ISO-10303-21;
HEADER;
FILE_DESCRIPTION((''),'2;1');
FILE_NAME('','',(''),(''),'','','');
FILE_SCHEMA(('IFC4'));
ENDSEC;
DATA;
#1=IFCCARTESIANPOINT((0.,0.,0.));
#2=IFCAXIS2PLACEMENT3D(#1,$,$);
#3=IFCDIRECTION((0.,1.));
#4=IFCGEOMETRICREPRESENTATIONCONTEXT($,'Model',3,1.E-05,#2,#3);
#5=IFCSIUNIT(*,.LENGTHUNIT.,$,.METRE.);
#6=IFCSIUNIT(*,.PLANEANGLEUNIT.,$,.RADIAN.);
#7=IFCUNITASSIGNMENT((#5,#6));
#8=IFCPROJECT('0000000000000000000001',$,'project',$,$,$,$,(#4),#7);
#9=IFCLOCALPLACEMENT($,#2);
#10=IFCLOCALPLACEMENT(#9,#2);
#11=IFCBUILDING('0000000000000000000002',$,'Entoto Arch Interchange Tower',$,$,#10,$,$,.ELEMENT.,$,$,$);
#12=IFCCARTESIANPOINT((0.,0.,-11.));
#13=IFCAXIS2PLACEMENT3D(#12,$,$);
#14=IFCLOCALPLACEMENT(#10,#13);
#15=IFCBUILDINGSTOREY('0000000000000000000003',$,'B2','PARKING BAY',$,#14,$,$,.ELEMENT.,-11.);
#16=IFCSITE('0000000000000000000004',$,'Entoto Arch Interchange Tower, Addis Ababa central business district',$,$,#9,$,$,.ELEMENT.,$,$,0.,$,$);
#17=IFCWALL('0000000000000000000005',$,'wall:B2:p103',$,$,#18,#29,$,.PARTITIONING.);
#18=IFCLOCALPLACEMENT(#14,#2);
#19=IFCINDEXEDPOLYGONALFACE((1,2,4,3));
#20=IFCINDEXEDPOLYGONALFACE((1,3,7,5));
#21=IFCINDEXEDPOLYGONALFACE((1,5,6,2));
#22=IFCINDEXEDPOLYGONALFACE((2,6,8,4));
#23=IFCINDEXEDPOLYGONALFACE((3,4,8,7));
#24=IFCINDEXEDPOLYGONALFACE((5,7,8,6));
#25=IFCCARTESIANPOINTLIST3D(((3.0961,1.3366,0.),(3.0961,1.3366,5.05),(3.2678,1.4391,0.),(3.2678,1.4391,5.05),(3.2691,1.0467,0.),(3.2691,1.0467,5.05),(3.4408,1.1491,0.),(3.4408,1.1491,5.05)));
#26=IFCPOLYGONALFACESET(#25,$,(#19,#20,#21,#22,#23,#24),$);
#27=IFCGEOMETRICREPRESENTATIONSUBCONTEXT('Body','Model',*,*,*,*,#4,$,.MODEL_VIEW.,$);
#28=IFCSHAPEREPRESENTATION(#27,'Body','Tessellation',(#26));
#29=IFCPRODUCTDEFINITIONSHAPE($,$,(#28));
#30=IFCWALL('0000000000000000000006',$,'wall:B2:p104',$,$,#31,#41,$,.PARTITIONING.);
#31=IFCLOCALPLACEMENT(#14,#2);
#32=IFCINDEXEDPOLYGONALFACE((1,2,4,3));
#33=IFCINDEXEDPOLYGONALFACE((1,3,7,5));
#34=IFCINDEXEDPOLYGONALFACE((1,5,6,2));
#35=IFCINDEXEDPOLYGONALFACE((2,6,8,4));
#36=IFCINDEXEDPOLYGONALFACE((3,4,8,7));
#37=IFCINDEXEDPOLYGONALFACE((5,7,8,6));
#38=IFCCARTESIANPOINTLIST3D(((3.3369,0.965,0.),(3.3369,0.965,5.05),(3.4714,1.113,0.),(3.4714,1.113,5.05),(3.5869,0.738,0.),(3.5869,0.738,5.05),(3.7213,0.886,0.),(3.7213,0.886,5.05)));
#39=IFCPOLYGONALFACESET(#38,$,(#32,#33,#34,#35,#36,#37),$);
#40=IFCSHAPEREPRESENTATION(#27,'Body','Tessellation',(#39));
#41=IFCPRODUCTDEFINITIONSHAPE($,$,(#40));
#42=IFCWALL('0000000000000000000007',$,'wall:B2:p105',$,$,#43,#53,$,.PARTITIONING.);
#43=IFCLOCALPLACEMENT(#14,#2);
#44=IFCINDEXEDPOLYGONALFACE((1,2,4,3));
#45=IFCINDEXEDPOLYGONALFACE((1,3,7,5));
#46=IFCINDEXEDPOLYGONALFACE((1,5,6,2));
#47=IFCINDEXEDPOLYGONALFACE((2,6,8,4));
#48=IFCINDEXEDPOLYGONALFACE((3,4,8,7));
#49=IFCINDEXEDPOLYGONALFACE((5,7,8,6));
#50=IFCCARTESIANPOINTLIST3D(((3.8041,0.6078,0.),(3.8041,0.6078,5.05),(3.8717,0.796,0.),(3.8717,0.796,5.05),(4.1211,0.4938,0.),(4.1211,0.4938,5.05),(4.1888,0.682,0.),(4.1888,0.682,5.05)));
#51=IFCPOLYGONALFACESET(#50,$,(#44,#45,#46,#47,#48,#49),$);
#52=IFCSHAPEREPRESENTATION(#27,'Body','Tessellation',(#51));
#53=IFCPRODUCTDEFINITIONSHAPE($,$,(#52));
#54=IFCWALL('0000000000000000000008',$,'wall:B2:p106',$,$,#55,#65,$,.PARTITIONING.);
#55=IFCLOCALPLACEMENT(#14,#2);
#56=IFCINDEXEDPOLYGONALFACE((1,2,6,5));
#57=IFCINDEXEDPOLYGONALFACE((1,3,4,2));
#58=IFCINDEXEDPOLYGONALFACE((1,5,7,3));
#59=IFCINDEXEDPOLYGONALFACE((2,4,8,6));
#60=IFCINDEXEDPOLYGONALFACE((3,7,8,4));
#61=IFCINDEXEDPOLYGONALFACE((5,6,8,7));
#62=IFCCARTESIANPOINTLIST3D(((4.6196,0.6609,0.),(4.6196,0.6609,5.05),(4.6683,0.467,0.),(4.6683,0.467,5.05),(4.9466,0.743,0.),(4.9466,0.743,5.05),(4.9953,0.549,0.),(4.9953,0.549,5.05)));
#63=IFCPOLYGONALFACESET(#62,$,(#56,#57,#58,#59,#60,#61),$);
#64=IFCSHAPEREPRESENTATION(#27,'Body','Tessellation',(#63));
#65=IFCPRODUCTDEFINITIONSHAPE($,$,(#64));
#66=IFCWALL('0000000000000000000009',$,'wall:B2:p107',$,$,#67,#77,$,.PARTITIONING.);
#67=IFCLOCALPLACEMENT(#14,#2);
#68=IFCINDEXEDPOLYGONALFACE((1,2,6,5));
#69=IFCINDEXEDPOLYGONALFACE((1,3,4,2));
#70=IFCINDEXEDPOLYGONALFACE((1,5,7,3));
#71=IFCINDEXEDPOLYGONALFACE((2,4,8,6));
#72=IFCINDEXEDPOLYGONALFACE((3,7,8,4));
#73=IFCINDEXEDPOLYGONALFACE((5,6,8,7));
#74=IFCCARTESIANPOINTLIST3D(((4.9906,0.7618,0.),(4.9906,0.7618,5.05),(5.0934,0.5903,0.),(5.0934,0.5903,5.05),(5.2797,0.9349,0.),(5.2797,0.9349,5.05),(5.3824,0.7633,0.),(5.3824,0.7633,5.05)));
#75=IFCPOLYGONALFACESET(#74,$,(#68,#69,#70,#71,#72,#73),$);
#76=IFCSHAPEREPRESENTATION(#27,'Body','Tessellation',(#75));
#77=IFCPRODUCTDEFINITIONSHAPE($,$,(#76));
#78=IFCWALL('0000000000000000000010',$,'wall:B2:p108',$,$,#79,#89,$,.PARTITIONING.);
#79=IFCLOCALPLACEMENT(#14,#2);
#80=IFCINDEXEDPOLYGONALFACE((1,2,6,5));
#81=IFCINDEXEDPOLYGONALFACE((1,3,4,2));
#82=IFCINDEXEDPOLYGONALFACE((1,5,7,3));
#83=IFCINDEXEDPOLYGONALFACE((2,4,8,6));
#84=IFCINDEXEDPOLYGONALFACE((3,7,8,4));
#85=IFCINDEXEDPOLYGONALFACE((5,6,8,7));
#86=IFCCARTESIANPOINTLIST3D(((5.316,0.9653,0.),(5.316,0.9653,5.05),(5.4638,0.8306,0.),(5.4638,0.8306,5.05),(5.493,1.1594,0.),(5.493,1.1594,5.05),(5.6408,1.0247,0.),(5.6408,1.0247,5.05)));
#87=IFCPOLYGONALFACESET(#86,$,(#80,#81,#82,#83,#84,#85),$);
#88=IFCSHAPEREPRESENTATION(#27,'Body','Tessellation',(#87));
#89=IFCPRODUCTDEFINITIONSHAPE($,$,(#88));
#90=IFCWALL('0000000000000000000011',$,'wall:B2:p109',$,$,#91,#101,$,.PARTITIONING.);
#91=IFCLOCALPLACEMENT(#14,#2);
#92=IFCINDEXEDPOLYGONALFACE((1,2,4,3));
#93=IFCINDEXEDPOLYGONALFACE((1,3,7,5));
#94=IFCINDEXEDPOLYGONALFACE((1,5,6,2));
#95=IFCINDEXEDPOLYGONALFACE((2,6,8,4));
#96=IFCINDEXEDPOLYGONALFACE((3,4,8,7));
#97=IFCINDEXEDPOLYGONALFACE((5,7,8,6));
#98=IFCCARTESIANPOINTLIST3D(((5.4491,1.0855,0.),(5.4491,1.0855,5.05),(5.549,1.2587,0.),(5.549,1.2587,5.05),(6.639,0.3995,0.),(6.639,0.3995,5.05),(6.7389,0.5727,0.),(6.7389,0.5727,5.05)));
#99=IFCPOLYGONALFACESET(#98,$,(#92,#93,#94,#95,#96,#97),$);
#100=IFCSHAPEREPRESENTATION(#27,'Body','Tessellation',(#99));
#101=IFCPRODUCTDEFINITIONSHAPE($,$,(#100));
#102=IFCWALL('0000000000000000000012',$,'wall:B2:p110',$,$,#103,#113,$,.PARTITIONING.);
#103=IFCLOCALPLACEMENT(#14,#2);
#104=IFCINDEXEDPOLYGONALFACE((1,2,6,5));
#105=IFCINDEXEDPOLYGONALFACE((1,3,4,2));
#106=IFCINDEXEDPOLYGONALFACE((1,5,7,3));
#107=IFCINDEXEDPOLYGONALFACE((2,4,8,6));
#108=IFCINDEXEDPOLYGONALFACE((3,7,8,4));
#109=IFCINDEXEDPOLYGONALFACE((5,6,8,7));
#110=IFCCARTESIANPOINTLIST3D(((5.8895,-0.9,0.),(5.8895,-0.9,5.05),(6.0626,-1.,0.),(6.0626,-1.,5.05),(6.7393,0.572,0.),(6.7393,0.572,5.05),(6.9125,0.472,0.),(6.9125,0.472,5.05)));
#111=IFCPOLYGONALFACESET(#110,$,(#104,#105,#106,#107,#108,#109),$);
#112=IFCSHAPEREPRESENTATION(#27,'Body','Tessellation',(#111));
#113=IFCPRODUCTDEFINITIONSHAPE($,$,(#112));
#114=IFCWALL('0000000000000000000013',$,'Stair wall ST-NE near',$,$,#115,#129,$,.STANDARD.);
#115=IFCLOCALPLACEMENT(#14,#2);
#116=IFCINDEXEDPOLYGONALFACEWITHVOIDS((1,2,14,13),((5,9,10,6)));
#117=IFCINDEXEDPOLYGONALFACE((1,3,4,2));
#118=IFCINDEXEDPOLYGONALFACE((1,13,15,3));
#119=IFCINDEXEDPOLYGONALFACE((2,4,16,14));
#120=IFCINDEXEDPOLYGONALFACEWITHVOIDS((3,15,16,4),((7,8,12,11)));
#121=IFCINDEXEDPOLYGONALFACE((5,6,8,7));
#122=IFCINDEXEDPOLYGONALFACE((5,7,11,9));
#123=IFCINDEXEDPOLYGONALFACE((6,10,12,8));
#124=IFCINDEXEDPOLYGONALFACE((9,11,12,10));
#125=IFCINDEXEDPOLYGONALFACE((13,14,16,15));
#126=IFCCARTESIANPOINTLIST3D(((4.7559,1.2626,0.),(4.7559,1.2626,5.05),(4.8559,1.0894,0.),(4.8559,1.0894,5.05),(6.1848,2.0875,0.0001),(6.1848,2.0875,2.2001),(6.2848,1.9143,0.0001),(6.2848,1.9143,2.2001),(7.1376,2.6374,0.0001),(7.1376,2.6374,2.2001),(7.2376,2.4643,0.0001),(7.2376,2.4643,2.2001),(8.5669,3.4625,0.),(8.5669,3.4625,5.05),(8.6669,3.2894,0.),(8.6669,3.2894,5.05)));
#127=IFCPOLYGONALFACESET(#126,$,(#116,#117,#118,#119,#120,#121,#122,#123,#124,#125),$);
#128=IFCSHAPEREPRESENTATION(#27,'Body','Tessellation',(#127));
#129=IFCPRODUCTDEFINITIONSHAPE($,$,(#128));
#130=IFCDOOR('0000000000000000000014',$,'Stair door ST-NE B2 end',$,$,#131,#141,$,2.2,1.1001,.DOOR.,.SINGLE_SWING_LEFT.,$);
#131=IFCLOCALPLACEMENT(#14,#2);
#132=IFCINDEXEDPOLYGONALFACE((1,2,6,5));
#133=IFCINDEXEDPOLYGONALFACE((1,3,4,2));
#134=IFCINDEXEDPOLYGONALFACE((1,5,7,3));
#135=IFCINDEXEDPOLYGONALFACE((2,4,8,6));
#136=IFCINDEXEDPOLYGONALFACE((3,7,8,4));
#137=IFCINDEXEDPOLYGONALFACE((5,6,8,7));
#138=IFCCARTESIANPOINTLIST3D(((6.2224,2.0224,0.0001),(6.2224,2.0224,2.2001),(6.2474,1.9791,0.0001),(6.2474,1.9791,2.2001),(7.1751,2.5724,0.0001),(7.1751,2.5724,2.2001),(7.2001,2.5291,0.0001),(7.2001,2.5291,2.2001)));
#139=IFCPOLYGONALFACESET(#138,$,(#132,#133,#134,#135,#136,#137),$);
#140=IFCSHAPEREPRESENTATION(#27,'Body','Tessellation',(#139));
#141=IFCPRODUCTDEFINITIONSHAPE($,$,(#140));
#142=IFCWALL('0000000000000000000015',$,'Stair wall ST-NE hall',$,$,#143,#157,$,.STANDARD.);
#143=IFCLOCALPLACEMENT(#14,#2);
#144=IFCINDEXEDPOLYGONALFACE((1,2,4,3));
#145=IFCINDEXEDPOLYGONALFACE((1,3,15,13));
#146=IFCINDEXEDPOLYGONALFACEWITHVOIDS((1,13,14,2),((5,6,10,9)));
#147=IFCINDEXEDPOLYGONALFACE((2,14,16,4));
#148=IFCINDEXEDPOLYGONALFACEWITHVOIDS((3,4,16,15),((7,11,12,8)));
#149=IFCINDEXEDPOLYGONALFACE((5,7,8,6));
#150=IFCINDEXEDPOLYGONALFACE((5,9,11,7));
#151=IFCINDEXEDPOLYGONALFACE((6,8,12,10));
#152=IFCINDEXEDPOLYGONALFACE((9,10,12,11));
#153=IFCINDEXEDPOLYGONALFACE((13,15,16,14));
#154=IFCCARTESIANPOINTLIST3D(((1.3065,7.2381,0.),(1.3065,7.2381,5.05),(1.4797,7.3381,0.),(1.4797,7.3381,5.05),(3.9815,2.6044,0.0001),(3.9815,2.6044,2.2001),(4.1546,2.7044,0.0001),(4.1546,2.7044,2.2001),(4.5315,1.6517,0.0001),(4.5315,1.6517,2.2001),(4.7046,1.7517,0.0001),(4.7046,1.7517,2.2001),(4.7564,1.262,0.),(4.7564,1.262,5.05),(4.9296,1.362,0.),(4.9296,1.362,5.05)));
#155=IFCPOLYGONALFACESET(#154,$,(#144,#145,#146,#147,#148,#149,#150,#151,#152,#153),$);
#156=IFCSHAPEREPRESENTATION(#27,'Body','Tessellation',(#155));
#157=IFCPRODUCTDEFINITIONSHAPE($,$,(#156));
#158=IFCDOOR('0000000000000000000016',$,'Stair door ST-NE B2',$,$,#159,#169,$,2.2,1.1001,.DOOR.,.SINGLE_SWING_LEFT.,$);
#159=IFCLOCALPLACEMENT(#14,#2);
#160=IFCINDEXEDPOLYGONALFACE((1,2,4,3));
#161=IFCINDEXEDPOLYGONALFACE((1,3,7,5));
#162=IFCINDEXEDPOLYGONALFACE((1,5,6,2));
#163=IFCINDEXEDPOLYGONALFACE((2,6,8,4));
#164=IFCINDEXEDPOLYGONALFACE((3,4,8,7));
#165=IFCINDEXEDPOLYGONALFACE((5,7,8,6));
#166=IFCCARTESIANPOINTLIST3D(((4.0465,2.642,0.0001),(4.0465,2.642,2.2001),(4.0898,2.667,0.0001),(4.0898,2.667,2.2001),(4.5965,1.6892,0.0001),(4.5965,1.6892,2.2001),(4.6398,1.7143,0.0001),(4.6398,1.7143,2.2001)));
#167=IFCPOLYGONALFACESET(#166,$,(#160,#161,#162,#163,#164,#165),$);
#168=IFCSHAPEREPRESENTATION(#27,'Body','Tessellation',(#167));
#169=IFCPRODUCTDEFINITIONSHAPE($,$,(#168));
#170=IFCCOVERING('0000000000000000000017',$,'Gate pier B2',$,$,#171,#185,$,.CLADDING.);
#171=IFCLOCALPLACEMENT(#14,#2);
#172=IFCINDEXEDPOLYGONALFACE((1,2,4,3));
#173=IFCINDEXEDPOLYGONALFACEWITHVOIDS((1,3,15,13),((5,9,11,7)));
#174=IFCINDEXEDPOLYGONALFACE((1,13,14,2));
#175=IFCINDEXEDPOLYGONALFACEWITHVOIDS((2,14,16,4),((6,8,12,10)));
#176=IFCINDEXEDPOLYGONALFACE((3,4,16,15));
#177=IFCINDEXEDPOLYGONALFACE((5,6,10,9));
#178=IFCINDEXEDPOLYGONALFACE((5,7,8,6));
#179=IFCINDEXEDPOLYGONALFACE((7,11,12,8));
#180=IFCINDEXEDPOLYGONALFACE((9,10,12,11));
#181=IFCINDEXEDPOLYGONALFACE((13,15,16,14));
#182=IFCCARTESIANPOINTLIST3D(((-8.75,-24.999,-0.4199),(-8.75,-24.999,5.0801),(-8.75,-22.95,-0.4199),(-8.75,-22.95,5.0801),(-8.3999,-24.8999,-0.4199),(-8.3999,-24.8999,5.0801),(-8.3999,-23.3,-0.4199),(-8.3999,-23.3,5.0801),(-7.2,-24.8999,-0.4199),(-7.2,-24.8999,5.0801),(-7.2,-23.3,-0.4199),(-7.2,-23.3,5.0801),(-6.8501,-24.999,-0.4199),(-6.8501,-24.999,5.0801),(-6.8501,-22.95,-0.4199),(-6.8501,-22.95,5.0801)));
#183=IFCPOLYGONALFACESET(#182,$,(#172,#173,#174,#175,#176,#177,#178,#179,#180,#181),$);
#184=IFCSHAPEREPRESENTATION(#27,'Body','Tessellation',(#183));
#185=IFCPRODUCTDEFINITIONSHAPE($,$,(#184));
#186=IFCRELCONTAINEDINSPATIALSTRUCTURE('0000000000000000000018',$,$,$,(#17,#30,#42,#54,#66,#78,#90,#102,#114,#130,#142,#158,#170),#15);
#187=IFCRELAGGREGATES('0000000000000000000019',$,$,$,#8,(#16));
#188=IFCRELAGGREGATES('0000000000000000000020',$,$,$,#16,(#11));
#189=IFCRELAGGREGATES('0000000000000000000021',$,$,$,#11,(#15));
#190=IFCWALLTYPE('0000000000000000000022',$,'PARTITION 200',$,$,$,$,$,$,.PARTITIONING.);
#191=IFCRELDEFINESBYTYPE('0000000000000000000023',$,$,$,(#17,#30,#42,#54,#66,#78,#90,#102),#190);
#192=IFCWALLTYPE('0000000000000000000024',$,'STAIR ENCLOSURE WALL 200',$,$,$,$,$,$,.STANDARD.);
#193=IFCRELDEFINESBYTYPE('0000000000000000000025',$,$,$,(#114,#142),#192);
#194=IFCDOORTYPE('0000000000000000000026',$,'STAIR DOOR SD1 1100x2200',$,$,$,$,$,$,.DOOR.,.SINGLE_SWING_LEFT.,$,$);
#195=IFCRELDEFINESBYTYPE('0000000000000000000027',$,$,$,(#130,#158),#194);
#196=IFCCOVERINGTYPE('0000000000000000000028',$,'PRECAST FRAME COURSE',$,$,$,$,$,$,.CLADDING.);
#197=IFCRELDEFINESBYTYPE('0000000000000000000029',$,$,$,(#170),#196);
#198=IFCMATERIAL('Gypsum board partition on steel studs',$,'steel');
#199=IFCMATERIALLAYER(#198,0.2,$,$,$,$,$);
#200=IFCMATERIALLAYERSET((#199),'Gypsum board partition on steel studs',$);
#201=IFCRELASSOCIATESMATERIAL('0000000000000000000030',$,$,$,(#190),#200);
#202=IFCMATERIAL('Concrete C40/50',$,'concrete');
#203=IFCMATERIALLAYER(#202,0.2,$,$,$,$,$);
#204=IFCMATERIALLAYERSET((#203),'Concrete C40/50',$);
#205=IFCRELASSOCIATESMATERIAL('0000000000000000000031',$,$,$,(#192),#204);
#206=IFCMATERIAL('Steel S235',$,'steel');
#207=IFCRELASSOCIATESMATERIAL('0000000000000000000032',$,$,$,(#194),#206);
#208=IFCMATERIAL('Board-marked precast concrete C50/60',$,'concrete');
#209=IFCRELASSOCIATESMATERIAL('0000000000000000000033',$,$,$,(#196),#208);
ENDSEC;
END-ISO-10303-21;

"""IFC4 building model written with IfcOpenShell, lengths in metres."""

from ifc_helpers import new_model, si_unit, direction, frame, frame_2d, origin, place, context, subcontext, project, spatial, polyline, rectangle, outline, extrude, material, layer, layer_set, type_object, element, fill, save


model = new_model("IFC4")

# Units and contexts
model_context = context("Model", 3, precision=1e-05, world=origin(), true_north=direction((0.0, 1.0)))
body_context = subcontext(model_context, "Body", "Model", "MODEL_VIEW")
ifc_project = project(units=[si_unit("LENGTHUNIT", "METRE"), si_unit("PLANEANGLEUNIT", "RADIAN")], contexts=[model_context])

# Site, building, storey
site_placement = place(None, origin())
site = spatial("IfcSite", under=ifc_project, at=site_placement, Name="Entoto Arch Interchange Tower, Addis Ababa central business district", CompositionType="ELEMENT", RefElevation=0.0)
building_placement = place(site_placement, origin())
building = spatial("IfcBuilding", under=site, at=building_placement, Name="Entoto Arch Interchange Tower", CompositionType="ELEMENT")
storey_placement = place(building_placement, frame((0.0, 0.0, -11.0)))
storey = spatial("IfcBuildingStorey", under=building, at=storey_placement, Name="B2", Description="PARKING BAY", CompositionType="ELEMENT", Elevation=-11.0)

# Shared definitions
ifc_material_1 = material(Name="Concrete C40/50", Category="concrete")

# Walls
ifc_material_2 = material(Name="Gypsum board partition on steel studs", Category="steel")
ifc_layer_1 = layer(ifc_material_2, 0.2)
ifc_layer_set_1 = layer_set([ifc_layer_1], Name="Gypsum board partition on steel studs")
wall_type_1 = type_object("IfcWallType", Name="PARTITION 200", PredefinedType="PARTITIONING", material=ifc_layer_set_1)
for number, where, z_axis, x_axis, name in (
    (1, (3.1819, 1.3879, 0.0), (0.0, 0.0, 1.0), (0.512475, -0.858702, 0.0), "wall:B2:p103"),
    (2, (3.4041, 1.0391, 0.0), (0.0, 0.0, 1.0), (0.740267, -0.672313, 0.0), "wall:B2:p104"),
):
    element("IfcWall", number, at=place(storey_placement, frame(where, z_axis=z_axis, x_axis=x_axis)), inside=storey, type_object=wall_type_1, Name=name, PredefinedType="PARTITIONING", context=body_context, shape_type="SweptSolid", body=[
        extrude(rectangle(XDim=0.3376, YDim=0.2, at=frame_2d((0.1689, 0.0))), origin(), (0.0, 0.0, 1.0), 5.05),
    ])
wall_1_placement = place(storey_placement, frame((3.8379, 0.7019, 0.0), z_axis=(0.0, 0.0, 1.0), x_axis=(0.941035, -0.338309, 0.0)))
element("IfcWall", 3, at=wall_1_placement, inside=storey, type_object=wall_type_1, Name="wall:B2:p105", PredefinedType="PARTITIONING", context=body_context, shape_type="SweptSolid", body=[
    extrude(rectangle(XDim=0.3369, YDim=0.2, at=frame_2d((0.1685, 0.0))), origin(), (0.0, 0.0, 1.0), 5.05),
])
wall_2_placement = place(storey_placement, frame((4.644, 0.564, 0.0), z_axis=(0.0, 0.0, 1.0), x_axis=(0.969929, 0.243388, 0.0)))
element("IfcWall", 4, at=wall_2_placement, inside=storey, type_object=wall_type_1, Name="wall:B2:p106", PredefinedType="PARTITIONING", context=body_context, shape_type="SweptSolid", body=[
    extrude(rectangle(XDim=0.3372, YDim=0.2, at=frame_2d((0.1685, 0.0))), origin(), (0.0, 0.0, 1.0), 5.05),
])
wall_3_placement = place(storey_placement, frame((5.042, 0.676, 0.0), z_axis=(0.0, 0.0, 1.0), x_axis=(0.85794, 0.51375, 0.0)))
element("IfcWall", 5, at=wall_3_placement, inside=storey, type_object=wall_type_1, Name="wall:B2:p107", PredefinedType="PARTITIONING", context=body_context, shape_type="SweptSolid", body=[
    extrude(rectangle(XDim=0.3369, YDim=0.2, at=frame_2d((0.1685, 0.0))), origin(), (0.0, 0.0, 1.0), 5.05),
])
wall_4_placement = place(storey_placement, frame((5.3899, 0.8979, 0.0), z_axis=(0.0, 0.0, 1.0), x_axis=(0.673828, 0.738888, 0.0)))
element("IfcWall", 6, at=wall_4_placement, inside=storey, type_object=wall_type_1, Name="wall:B2:p108", PredefinedType="PARTITIONING", context=body_context, shape_type="SweptSolid", body=[
    extrude(rectangle(XDim=0.2627, YDim=0.2, at=frame_2d((0.1313, 0.0))), origin(), (0.0, 0.0, 1.0), 5.05),
])
wall_5_placement = place(storey_placement, frame((5.499, 1.1721, 0.0), z_axis=(0.0, 0.0, 1.0), x_axis=(0.866334, -0.499466, 0.0)))
element("IfcWall", 7, at=wall_5_placement, inside=storey, type_object=wall_type_1, Name="wall:B2:p109", PredefinedType="PARTITIONING", context=body_context, shape_type="SweptSolid", body=[
    extrude(rectangle(XDim=1.3735, YDim=0.2, at=frame_2d((0.6868, 0.0))), origin(), (0.0, 0.0, 1.0), 5.05),
])
wall_6_placement = place(storey_placement, frame((6.8259, 0.522, 0.0), z_axis=(0.0, 0.0, 1.0), x_axis=(-0.500017, -0.866016, 0.0)))
element("IfcWall", 8, at=wall_6_placement, inside=storey, type_object=wall_type_1, Name="wall:B2:p110", PredefinedType="PARTITIONING", context=body_context, shape_type="SweptSolid", body=[
    extrude(rectangle(XDim=1.6997, YDim=0.2, at=frame_2d((0.8499, 0.0))), origin(), (0.0, 0.0, 1.0), 5.05),
])

# Walls, openings, doors
ifc_layer_2 = layer(ifc_material_1, 0.2)
ifc_layer_set_2 = layer_set([ifc_layer_2], Name="Concrete C40/50")
wall_type_2 = type_object("IfcWallType", Name="STAIR ENCLOSURE WALL 200", PredefinedType="STANDARD", material=ifc_layer_set_2)
wall_7_placement = place(storey_placement, frame((4.8059, 1.176, 0.0), z_axis=(0.0, 0.0, 1.0), x_axis=(0.86606, 0.49994, 0.0)))
wall_7 = element("IfcWall", 9, at=wall_7_placement, inside=storey, type_object=wall_type_2, Name="Stair wall ST-NE near", PredefinedType="STANDARD", context=body_context, shape_type="SweptSolid", body=[
    extrude(rectangle(XDim=4.4004, YDim=0.2, at=frame_2d((2.2002, 0.0))), origin(), (0.0, 0.0, 1.0), 5.05),
])
opening_1_placement = place(wall_7_placement, frame((1.6499, 0.0, 0.0)))
opening_1 = element("IfcOpeningElement", 10, at=opening_1_placement, cuts=wall_7, PredefinedType="OPENING", context=body_context, shape_type="SweptSolid", body=[
    extrude(rectangle(XDim=1.1001, YDim=2.2, at=frame_2d((0.55, 1.1001))), frame((0.0, 0.1099, 0.0), z_axis=(0.0, -1.0, 0.0), x_axis=(1.0, 0.0, 0.0)), (0.0, 0.0, 1.0), 0.22),
])
ifc_material_3 = material(Name="Steel S235", Category="steel")
door_type = type_object("IfcDoorType", Name="STAIR DOOR SD1 1100x2200", OperationType="SINGLE_SWING_LEFT", PredefinedType="DOOR", material=ifc_material_3)
door_1_placement = place(opening_1_placement, origin())
door_1 = element("IfcDoor", 11, at=door_1_placement, inside=storey, type_object=door_type, Name="Stair door ST-NE B2 end", OperationType="SINGLE_SWING_LEFT", OverallHeight=2.2, OverallWidth=1.1001, PredefinedType="DOOR", context=body_context, shape_type="SweptSolid", body=[
    extrude(rectangle(XDim=1.1001, YDim=2.2, at=frame_2d((0.55, 1.1001))), frame((0.0, 0.0249, 0.0), z_axis=(0.0, -1.0, 0.0), x_axis=(1.0, 0.0, 0.0)), (0.0, 0.0, 1.0), 0.05),
])
fill(opening_1, door_1)
wall_8_placement = place(storey_placement, frame((4.843, 1.312, 0.0), z_axis=(0.0, 0.0, 1.0), x_axis=(-0.499963, 0.866047, 0.0)))
wall_8 = element("IfcWall", 12, at=wall_8_placement, inside=storey, type_object=wall_type_2, Name="Stair wall ST-NE hall", PredefinedType="STANDARD", context=body_context, shape_type="SweptSolid", body=[
    extrude(rectangle(XDim=6.9004, YDim=0.2, at=frame_2d((3.4502, 0.0))), origin(), (0.0, 0.0, 1.0), 5.05),
])
opening_2_placement = place(wall_8_placement, frame((0.45, 0.0, 0.0)))
opening_2 = element("IfcOpeningElement", 13, at=opening_2_placement, cuts=wall_8, PredefinedType="OPENING", context=body_context, shape_type="SweptSolid", body=[
    extrude(rectangle(XDim=1.1001, YDim=2.2, at=frame_2d((0.55, 1.1001))), frame((0.0, 0.1099, 0.0), z_axis=(0.0, -1.0, 0.0), x_axis=(1.0, 0.0, 0.0)), (0.0, 0.0, 1.0), 0.22),
])
door_2_placement = place(opening_2_placement, origin())
door_2 = element("IfcDoor", 14, at=door_2_placement, inside=storey, type_object=door_type, Name="Stair door ST-NE B2", OperationType="SINGLE_SWING_LEFT", OverallHeight=2.2, OverallWidth=1.1001, PredefinedType="DOOR", context=body_context, shape_type="SweptSolid", body=[
    extrude(rectangle(XDim=1.1001, YDim=2.2, at=frame_2d((0.55, 1.1001))), frame((0.0, 0.0249, 0.0), z_axis=(0.0, -1.0, 0.0), x_axis=(1.0, 0.0, 0.0)), (0.0, 0.0, 1.0), 0.05),
])
fill(opening_2, door_2)

# Covering
ifc_material_4 = material(Name="Board-marked precast concrete C50/60", Category="concrete")
covering_type = type_object("IfcCoveringType", Name="PRECAST FRAME COURSE", PredefinedType="CLADDING", material=ifc_material_4)
covering_1_placement = place(storey_placement, frame((0.0, 0.0, -0.4199)))
element("IfcCovering", 15, at=covering_1_placement, inside=storey, type_object=covering_type, Name="Gate pier B2", PredefinedType="CLADDING", context=body_context, shape_type="SweptSolid", body=[
    extrude(outline(polyline([(-8.75, -22.95), (-6.8501, -22.95), (-6.8501, -24.999), (-8.75, -24.999), (-8.75, -22.95)]), holes=[polyline([(-8.3999, -23.3), (-8.3999, -24.8999), (-7.2, -24.8999), (-7.2, -23.3), (-8.3999, -23.3)])]), origin(), (0.0, 0.0, 1.0), 5.5),
])

save(model, "model.ifc")
